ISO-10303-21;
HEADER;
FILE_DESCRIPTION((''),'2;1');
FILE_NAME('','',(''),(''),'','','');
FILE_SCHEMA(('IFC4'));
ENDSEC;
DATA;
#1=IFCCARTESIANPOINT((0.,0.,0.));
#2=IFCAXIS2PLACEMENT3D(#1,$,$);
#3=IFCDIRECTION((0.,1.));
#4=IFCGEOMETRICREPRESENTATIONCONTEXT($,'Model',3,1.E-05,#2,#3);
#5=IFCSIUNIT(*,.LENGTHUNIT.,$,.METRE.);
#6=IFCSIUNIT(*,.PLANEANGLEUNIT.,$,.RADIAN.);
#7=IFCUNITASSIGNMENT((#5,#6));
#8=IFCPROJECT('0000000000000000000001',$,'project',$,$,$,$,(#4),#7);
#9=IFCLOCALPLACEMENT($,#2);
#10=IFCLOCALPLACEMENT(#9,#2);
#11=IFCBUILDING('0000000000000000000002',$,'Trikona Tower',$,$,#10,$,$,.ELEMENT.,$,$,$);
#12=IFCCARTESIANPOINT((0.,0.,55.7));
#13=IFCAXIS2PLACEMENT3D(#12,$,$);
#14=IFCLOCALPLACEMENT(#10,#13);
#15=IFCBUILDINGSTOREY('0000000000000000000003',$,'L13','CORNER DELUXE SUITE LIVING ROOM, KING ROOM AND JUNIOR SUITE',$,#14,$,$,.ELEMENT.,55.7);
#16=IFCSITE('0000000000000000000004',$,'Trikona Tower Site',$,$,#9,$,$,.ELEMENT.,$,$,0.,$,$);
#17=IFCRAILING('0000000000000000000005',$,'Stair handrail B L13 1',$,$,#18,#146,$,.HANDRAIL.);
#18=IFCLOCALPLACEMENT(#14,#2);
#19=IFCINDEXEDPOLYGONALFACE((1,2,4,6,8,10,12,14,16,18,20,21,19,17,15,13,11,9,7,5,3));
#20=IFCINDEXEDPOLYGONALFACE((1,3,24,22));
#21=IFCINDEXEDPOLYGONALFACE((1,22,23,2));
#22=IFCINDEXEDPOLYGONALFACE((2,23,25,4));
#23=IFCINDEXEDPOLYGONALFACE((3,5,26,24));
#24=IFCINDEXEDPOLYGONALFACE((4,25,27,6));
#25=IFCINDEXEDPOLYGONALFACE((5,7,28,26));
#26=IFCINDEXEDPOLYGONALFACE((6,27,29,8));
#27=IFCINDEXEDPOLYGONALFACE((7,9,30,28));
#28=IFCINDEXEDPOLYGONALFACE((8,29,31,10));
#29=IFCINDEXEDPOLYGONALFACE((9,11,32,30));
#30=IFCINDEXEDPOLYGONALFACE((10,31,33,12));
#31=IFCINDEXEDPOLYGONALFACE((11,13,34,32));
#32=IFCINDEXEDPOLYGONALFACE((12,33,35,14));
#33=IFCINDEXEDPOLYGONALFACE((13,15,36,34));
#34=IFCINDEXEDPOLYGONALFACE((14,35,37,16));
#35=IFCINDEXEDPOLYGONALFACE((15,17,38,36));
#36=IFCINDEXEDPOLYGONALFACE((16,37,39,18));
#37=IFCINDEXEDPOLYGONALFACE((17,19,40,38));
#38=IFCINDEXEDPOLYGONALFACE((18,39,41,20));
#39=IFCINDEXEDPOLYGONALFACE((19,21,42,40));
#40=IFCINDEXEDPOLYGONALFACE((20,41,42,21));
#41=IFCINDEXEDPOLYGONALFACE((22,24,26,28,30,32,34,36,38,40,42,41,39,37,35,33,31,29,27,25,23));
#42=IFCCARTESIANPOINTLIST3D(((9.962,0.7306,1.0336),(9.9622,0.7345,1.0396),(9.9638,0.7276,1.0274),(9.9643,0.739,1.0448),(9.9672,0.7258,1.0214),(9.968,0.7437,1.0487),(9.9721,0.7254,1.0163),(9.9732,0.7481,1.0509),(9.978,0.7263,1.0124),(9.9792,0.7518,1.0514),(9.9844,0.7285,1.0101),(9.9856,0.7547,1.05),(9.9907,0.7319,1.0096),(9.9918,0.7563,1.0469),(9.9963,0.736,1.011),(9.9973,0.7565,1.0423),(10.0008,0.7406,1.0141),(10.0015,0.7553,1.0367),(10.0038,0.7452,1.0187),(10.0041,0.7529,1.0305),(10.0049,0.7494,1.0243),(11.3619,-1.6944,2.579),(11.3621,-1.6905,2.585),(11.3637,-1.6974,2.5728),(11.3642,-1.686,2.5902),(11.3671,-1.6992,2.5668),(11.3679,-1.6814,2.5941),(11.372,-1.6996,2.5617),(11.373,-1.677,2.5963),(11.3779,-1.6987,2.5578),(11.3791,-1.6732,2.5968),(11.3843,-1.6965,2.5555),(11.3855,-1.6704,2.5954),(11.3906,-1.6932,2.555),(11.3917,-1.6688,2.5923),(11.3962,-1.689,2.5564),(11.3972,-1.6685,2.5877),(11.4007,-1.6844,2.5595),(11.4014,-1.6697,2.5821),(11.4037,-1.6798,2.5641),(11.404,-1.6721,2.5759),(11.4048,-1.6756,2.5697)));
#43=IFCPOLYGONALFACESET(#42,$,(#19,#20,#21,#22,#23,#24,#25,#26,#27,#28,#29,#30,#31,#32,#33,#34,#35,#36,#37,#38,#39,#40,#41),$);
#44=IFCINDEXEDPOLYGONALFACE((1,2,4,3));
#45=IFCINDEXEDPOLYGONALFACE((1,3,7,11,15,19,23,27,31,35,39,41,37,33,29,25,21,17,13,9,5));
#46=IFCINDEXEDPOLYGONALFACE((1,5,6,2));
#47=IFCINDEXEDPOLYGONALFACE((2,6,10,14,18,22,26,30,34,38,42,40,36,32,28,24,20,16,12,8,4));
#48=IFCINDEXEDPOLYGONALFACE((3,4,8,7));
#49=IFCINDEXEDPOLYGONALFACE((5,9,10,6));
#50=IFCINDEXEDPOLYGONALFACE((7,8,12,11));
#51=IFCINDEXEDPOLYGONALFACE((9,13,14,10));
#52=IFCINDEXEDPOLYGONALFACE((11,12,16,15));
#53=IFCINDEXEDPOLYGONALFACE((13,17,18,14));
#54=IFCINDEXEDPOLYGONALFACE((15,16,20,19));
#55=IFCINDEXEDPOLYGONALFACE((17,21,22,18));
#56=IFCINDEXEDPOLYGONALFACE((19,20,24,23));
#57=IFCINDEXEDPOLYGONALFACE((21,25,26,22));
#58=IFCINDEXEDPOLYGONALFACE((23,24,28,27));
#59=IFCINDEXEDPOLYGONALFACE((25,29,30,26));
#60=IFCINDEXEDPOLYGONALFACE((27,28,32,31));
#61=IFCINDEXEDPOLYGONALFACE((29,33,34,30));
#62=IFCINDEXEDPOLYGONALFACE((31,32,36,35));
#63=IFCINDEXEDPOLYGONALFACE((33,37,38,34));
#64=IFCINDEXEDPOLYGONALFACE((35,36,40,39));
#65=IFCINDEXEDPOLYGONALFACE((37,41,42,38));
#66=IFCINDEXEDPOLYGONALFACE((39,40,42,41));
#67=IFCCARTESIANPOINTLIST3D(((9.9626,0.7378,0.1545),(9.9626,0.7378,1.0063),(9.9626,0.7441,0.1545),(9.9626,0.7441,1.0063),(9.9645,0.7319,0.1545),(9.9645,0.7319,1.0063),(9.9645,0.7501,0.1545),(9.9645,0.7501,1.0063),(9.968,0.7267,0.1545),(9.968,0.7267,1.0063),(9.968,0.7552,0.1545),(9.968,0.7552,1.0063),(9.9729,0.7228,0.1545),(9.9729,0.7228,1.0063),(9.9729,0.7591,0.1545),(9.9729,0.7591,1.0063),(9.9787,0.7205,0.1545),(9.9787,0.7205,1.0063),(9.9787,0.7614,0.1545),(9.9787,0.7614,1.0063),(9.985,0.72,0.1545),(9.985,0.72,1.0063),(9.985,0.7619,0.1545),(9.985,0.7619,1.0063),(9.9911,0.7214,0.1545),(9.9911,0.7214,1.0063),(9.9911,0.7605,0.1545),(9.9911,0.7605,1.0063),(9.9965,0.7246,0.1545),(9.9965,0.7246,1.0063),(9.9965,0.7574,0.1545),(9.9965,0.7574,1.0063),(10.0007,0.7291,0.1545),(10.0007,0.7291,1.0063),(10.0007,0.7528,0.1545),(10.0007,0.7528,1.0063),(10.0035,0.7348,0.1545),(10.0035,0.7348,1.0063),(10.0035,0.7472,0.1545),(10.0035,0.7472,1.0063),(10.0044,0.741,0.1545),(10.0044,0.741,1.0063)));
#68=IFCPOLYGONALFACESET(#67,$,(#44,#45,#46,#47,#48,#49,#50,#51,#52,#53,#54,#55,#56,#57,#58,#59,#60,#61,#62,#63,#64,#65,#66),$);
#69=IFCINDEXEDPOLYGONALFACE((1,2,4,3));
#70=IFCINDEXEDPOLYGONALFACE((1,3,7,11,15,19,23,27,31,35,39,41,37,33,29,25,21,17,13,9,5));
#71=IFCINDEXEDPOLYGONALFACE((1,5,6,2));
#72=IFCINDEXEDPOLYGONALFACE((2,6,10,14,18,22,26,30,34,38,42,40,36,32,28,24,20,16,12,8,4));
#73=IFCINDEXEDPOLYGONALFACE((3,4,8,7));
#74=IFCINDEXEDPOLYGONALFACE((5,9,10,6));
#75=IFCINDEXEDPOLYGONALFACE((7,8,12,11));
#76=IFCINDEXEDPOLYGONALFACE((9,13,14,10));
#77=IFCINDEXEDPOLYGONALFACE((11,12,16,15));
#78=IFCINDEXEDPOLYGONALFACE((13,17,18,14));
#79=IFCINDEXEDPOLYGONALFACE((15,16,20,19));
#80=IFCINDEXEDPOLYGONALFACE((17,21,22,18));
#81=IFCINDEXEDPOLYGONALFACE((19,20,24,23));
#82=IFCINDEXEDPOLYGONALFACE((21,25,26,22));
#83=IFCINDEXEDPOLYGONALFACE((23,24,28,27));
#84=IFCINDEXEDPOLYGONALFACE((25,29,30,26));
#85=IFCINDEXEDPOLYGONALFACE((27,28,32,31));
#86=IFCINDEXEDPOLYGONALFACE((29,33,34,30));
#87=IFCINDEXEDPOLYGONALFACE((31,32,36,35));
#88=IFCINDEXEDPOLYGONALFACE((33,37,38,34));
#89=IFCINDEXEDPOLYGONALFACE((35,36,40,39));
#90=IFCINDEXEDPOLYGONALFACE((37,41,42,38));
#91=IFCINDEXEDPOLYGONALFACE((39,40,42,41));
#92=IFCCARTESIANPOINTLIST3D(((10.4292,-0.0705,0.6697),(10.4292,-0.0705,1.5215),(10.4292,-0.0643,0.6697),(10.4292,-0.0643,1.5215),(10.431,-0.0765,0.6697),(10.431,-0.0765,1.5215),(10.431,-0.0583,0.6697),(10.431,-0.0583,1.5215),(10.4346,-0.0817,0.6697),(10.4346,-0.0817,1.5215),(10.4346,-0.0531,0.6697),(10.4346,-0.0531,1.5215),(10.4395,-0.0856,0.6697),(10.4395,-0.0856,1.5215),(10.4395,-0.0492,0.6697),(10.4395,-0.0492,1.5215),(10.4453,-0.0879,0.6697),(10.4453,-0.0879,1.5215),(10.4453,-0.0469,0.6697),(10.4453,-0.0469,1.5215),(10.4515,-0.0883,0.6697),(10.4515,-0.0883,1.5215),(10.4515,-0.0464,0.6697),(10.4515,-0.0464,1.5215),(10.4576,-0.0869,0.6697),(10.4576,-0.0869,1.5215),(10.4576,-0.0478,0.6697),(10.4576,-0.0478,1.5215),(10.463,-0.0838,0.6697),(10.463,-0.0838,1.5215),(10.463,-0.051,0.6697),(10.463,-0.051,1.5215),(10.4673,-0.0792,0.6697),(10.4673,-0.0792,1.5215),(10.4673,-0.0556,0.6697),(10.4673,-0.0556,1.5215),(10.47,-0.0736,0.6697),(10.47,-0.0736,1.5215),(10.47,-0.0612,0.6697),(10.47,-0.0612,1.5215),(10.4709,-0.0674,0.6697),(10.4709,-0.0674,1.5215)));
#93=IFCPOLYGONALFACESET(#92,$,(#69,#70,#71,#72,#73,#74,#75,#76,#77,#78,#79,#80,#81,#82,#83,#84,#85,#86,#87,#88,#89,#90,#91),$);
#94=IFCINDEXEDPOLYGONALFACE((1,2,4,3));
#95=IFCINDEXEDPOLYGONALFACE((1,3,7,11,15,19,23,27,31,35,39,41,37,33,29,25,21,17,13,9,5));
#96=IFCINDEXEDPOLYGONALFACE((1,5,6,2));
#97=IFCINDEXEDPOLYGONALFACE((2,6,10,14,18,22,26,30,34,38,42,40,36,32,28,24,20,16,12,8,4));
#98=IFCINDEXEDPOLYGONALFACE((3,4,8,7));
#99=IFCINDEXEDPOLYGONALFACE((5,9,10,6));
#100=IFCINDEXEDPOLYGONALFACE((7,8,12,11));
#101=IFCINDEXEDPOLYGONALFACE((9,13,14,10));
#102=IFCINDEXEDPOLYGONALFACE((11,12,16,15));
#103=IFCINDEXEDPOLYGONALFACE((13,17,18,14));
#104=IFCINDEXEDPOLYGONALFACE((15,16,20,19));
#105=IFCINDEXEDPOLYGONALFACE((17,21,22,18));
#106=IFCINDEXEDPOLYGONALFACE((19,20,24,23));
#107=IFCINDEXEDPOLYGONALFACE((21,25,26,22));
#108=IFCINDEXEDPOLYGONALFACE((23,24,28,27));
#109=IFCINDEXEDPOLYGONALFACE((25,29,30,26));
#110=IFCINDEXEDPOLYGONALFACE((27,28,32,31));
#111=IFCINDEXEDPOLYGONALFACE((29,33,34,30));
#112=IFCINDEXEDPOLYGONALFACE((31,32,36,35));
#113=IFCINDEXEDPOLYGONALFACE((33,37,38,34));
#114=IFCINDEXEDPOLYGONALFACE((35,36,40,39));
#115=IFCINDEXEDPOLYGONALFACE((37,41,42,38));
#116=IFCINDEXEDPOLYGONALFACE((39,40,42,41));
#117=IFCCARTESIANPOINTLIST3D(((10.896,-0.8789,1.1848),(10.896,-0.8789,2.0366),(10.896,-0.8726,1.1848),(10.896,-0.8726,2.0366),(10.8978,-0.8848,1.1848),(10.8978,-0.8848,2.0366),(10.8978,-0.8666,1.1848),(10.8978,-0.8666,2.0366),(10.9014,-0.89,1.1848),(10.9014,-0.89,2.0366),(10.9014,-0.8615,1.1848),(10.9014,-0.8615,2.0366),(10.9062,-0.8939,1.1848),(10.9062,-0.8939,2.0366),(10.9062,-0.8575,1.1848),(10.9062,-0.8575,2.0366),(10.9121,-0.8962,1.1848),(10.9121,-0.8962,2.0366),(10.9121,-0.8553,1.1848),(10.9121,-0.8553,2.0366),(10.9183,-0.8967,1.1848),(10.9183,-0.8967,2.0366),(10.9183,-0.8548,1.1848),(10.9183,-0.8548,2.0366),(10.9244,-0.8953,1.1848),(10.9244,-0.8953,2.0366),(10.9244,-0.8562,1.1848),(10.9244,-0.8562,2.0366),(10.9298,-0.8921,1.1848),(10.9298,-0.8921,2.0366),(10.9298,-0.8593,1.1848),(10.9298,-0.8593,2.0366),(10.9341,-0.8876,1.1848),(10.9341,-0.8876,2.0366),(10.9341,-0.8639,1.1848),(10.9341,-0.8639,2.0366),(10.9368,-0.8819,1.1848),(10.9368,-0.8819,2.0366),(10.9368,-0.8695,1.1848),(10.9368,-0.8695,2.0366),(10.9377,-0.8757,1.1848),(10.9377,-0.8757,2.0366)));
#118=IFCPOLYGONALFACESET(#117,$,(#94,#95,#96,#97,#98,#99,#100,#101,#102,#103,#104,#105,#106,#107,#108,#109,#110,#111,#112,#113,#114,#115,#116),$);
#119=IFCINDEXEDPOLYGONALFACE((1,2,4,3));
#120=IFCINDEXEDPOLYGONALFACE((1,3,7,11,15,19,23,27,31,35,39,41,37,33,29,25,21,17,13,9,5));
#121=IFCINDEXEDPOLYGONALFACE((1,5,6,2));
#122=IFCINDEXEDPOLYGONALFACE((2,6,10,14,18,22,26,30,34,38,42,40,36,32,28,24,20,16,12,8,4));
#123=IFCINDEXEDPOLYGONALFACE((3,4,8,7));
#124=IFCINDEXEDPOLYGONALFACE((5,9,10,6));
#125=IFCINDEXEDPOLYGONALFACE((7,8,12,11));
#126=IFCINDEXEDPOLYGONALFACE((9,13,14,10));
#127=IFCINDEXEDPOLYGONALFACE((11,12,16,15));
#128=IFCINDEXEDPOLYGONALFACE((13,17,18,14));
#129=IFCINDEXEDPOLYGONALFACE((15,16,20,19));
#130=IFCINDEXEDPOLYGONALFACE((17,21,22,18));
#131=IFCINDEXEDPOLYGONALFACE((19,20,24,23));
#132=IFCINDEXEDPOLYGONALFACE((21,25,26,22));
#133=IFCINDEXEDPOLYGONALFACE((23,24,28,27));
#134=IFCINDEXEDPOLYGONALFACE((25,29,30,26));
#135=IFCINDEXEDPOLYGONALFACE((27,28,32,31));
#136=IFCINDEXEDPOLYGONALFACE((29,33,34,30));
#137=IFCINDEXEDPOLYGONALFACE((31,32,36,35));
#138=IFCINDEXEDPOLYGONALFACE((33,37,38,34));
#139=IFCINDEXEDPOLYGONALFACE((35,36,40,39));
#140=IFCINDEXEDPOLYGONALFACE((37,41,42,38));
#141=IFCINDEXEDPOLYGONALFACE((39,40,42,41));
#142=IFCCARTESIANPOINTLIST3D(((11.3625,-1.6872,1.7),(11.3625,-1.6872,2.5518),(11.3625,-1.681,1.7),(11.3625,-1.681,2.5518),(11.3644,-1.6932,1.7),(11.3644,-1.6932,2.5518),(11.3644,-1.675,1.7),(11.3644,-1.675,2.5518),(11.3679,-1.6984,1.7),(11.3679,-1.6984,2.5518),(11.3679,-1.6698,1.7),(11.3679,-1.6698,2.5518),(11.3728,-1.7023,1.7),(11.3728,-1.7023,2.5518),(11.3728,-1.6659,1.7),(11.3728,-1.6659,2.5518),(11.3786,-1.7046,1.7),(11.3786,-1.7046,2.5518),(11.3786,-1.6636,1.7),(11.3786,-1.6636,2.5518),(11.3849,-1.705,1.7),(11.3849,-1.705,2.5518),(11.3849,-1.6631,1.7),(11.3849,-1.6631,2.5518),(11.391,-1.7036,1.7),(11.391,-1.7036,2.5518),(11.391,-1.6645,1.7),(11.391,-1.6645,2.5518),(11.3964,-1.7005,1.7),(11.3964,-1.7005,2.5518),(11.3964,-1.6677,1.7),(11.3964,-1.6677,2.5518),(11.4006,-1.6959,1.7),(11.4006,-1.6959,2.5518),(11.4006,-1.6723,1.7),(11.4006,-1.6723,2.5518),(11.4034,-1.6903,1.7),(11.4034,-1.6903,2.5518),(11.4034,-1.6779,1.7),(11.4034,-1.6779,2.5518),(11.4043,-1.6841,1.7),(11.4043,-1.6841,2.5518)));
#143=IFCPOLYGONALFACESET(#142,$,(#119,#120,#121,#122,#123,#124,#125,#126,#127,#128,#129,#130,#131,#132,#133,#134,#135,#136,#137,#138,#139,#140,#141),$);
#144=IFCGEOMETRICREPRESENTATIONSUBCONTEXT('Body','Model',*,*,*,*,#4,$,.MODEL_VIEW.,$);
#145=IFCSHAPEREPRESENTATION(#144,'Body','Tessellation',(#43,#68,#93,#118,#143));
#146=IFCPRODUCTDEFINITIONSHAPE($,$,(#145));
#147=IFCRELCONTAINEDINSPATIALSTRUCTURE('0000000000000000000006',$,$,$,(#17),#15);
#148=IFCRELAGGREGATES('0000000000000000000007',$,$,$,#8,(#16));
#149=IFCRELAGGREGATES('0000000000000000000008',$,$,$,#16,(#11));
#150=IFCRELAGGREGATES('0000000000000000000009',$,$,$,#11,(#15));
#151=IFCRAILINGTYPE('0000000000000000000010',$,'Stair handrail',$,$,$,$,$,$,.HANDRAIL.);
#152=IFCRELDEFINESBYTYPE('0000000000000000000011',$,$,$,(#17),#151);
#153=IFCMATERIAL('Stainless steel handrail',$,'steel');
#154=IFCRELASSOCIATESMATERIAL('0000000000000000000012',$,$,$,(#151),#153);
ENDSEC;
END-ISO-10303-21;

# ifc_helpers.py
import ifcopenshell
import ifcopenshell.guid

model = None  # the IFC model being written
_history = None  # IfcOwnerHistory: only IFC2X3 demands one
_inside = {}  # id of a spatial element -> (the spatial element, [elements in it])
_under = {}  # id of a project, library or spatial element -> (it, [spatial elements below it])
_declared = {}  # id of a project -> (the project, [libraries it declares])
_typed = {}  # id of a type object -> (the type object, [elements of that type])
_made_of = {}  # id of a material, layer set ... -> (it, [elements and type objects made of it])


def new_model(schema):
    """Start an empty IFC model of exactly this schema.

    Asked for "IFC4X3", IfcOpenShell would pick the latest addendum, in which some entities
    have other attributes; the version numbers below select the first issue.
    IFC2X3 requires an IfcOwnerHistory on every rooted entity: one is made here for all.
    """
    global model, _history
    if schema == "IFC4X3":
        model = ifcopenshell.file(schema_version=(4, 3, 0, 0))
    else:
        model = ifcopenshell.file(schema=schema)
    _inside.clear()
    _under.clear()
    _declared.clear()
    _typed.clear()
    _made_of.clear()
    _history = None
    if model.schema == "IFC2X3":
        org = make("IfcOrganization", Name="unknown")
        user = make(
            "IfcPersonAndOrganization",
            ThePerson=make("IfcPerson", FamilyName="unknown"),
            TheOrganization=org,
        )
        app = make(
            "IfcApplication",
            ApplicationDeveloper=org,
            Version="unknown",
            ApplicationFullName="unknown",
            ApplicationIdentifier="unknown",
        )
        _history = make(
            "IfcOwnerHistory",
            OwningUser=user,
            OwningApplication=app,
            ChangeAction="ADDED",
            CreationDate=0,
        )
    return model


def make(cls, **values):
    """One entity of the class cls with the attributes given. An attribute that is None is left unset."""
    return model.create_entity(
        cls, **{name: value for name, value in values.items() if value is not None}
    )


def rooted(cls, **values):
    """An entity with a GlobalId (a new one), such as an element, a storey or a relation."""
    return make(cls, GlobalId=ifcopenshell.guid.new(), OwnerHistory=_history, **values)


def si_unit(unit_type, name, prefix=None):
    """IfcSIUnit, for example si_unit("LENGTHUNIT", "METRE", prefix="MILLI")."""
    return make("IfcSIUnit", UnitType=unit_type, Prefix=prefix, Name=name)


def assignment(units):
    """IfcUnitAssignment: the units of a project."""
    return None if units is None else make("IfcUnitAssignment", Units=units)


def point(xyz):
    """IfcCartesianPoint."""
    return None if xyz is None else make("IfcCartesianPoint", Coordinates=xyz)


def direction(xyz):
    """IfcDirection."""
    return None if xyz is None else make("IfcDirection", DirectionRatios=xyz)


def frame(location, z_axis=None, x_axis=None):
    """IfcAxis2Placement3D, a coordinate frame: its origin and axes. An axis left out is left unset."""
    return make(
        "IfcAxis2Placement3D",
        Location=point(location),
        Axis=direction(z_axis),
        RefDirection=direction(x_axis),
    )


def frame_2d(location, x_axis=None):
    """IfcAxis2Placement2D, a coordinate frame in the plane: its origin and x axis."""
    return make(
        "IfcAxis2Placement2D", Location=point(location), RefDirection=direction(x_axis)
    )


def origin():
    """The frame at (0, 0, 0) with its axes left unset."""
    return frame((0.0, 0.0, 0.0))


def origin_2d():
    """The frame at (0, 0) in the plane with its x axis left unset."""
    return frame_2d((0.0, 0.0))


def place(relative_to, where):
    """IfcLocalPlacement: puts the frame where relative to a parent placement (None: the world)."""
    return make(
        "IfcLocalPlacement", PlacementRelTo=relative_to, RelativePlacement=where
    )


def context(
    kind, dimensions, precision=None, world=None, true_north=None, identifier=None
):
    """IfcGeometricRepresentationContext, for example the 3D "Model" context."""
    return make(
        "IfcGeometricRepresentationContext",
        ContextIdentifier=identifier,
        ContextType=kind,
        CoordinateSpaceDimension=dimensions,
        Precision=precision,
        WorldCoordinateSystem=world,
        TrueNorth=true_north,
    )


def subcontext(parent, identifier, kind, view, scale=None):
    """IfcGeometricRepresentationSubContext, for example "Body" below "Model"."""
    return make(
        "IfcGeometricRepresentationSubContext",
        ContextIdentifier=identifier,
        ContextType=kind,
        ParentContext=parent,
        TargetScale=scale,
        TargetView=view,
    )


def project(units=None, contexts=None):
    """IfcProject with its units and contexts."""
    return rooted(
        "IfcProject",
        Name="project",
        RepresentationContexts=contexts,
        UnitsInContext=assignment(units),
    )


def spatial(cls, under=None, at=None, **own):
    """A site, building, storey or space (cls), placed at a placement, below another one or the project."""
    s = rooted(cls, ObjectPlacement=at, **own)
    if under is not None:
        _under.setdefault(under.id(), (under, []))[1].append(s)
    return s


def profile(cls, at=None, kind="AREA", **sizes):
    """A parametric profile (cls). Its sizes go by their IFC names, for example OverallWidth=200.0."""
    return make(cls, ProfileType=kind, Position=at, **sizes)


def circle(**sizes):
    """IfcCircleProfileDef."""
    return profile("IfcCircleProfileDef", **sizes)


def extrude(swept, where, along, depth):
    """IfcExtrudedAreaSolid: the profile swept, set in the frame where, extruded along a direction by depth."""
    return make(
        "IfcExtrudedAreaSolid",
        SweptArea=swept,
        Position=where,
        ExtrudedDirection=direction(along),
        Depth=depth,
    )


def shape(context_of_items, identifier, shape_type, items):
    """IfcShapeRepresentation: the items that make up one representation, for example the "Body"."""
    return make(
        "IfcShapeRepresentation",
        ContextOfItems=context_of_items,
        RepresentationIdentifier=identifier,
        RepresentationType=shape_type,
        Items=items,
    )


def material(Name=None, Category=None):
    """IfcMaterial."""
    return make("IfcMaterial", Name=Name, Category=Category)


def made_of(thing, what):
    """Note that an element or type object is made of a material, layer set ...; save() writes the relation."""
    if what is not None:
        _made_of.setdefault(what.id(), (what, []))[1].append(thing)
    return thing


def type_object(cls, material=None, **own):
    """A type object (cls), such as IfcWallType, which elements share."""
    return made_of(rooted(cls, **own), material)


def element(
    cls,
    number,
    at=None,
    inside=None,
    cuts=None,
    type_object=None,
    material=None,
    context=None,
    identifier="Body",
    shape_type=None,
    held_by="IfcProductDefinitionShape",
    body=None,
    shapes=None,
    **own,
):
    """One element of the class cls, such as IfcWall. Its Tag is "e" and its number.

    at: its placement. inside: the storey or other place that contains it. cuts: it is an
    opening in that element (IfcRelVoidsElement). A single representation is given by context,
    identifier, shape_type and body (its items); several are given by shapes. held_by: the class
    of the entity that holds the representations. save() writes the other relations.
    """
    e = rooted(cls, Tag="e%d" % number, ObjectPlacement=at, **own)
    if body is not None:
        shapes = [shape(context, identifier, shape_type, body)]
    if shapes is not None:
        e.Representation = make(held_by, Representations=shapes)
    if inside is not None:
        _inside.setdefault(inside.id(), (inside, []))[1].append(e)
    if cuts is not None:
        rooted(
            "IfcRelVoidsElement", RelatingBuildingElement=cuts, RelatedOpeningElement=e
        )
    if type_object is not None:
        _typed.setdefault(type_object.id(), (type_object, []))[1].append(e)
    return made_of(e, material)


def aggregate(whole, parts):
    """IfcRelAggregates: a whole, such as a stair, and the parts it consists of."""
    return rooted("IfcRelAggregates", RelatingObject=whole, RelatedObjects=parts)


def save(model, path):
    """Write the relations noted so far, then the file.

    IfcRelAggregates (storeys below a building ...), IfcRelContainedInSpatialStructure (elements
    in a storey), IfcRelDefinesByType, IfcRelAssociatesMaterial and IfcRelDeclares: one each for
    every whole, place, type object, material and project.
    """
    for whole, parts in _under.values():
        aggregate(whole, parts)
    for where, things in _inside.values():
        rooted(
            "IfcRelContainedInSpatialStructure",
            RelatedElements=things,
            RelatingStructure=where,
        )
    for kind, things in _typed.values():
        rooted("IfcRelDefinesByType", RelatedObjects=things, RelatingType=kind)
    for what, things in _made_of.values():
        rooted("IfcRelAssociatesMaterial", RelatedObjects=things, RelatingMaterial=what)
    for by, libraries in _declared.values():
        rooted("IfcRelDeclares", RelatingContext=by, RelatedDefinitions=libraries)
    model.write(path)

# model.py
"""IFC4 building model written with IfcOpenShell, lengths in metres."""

from ifc_helpers import new_model, si_unit, direction, frame, origin, origin_2d, place, context, subcontext, project, spatial, circle, extrude, material, type_object, element, save


model = new_model("IFC4")

# Units and contexts
model_context = context("Model", 3, precision=1e-05, world=origin(), true_north=direction((0.0, 1.0)))
body_context = subcontext(model_context, "Body", "Model", "MODEL_VIEW")
ifc_project = project(units=[si_unit("LENGTHUNIT", "METRE"), si_unit("PLANEANGLEUNIT", "RADIAN")], contexts=[model_context])

# Site, building, storey
site_placement = place(None, origin())
site = spatial("IfcSite", under=ifc_project, at=site_placement, Name="Trikona Tower Site", CompositionType="ELEMENT", RefElevation=0.0)
building_placement = place(site_placement, origin())
building = spatial("IfcBuilding", under=site, at=building_placement, Name="Trikona Tower", CompositionType="ELEMENT")
storey_placement = place(building_placement, frame((0.0, 0.0, 55.7)))
storey = spatial("IfcBuildingStorey", under=building, at=storey_placement, Name="L13", Description="CORNER DELUXE SUITE LIVING ROOM, KING ROOM AND JUNIOR SUITE", CompositionType="ELEMENT", Elevation=55.7)

# Railing
ifc_material_1 = material(Name="Stainless steel handrail", Category="steel")
railing_type = type_object("IfcRailingType", Name="Stair handrail", PredefinedType="HANDRAIL", material=ifc_material_1)
railing_placement = place(storey_placement, frame((9.9834, 0.741, 0.1545)))
element("IfcRailing", 1, at=railing_placement, inside=storey, type_object=railing_type, Name="Stair handrail B L13 1", PredefinedType="HANDRAIL", context=body_context, shape_type="SweptSolid", body=[
    extrude(circle(Radius=0.0239, at=origin_2d()), frame((0.0, 0.0, 0.876), z_axis=(0.437707, -0.75824, 0.483203), x_axis=(0.866056, 0.499946, 0.0)), (0.0, 0.0, 1.0), 3.1982),
    extrude(circle(Radius=0.021, at=origin_2d()), origin(), (0.0, 0.0, 1.0), 0.8518),
    extrude(circle(Radius=0.021, at=origin_2d()), frame((0.4666, -0.8083, 0.5151)), (0.0, 0.0, 1.0), 0.8518),
    extrude(circle(Radius=0.021, at=origin_2d()), frame((0.9333, -1.6167, 1.0303)), (0.0, 0.0, 1.0), 0.8518),
    extrude(circle(Radius=0.021, at=origin_2d()), frame((1.3999, -2.425, 1.5454)), (0.0, 0.0, 1.0), 0.8518),
])

save(model, "model.ifc")
